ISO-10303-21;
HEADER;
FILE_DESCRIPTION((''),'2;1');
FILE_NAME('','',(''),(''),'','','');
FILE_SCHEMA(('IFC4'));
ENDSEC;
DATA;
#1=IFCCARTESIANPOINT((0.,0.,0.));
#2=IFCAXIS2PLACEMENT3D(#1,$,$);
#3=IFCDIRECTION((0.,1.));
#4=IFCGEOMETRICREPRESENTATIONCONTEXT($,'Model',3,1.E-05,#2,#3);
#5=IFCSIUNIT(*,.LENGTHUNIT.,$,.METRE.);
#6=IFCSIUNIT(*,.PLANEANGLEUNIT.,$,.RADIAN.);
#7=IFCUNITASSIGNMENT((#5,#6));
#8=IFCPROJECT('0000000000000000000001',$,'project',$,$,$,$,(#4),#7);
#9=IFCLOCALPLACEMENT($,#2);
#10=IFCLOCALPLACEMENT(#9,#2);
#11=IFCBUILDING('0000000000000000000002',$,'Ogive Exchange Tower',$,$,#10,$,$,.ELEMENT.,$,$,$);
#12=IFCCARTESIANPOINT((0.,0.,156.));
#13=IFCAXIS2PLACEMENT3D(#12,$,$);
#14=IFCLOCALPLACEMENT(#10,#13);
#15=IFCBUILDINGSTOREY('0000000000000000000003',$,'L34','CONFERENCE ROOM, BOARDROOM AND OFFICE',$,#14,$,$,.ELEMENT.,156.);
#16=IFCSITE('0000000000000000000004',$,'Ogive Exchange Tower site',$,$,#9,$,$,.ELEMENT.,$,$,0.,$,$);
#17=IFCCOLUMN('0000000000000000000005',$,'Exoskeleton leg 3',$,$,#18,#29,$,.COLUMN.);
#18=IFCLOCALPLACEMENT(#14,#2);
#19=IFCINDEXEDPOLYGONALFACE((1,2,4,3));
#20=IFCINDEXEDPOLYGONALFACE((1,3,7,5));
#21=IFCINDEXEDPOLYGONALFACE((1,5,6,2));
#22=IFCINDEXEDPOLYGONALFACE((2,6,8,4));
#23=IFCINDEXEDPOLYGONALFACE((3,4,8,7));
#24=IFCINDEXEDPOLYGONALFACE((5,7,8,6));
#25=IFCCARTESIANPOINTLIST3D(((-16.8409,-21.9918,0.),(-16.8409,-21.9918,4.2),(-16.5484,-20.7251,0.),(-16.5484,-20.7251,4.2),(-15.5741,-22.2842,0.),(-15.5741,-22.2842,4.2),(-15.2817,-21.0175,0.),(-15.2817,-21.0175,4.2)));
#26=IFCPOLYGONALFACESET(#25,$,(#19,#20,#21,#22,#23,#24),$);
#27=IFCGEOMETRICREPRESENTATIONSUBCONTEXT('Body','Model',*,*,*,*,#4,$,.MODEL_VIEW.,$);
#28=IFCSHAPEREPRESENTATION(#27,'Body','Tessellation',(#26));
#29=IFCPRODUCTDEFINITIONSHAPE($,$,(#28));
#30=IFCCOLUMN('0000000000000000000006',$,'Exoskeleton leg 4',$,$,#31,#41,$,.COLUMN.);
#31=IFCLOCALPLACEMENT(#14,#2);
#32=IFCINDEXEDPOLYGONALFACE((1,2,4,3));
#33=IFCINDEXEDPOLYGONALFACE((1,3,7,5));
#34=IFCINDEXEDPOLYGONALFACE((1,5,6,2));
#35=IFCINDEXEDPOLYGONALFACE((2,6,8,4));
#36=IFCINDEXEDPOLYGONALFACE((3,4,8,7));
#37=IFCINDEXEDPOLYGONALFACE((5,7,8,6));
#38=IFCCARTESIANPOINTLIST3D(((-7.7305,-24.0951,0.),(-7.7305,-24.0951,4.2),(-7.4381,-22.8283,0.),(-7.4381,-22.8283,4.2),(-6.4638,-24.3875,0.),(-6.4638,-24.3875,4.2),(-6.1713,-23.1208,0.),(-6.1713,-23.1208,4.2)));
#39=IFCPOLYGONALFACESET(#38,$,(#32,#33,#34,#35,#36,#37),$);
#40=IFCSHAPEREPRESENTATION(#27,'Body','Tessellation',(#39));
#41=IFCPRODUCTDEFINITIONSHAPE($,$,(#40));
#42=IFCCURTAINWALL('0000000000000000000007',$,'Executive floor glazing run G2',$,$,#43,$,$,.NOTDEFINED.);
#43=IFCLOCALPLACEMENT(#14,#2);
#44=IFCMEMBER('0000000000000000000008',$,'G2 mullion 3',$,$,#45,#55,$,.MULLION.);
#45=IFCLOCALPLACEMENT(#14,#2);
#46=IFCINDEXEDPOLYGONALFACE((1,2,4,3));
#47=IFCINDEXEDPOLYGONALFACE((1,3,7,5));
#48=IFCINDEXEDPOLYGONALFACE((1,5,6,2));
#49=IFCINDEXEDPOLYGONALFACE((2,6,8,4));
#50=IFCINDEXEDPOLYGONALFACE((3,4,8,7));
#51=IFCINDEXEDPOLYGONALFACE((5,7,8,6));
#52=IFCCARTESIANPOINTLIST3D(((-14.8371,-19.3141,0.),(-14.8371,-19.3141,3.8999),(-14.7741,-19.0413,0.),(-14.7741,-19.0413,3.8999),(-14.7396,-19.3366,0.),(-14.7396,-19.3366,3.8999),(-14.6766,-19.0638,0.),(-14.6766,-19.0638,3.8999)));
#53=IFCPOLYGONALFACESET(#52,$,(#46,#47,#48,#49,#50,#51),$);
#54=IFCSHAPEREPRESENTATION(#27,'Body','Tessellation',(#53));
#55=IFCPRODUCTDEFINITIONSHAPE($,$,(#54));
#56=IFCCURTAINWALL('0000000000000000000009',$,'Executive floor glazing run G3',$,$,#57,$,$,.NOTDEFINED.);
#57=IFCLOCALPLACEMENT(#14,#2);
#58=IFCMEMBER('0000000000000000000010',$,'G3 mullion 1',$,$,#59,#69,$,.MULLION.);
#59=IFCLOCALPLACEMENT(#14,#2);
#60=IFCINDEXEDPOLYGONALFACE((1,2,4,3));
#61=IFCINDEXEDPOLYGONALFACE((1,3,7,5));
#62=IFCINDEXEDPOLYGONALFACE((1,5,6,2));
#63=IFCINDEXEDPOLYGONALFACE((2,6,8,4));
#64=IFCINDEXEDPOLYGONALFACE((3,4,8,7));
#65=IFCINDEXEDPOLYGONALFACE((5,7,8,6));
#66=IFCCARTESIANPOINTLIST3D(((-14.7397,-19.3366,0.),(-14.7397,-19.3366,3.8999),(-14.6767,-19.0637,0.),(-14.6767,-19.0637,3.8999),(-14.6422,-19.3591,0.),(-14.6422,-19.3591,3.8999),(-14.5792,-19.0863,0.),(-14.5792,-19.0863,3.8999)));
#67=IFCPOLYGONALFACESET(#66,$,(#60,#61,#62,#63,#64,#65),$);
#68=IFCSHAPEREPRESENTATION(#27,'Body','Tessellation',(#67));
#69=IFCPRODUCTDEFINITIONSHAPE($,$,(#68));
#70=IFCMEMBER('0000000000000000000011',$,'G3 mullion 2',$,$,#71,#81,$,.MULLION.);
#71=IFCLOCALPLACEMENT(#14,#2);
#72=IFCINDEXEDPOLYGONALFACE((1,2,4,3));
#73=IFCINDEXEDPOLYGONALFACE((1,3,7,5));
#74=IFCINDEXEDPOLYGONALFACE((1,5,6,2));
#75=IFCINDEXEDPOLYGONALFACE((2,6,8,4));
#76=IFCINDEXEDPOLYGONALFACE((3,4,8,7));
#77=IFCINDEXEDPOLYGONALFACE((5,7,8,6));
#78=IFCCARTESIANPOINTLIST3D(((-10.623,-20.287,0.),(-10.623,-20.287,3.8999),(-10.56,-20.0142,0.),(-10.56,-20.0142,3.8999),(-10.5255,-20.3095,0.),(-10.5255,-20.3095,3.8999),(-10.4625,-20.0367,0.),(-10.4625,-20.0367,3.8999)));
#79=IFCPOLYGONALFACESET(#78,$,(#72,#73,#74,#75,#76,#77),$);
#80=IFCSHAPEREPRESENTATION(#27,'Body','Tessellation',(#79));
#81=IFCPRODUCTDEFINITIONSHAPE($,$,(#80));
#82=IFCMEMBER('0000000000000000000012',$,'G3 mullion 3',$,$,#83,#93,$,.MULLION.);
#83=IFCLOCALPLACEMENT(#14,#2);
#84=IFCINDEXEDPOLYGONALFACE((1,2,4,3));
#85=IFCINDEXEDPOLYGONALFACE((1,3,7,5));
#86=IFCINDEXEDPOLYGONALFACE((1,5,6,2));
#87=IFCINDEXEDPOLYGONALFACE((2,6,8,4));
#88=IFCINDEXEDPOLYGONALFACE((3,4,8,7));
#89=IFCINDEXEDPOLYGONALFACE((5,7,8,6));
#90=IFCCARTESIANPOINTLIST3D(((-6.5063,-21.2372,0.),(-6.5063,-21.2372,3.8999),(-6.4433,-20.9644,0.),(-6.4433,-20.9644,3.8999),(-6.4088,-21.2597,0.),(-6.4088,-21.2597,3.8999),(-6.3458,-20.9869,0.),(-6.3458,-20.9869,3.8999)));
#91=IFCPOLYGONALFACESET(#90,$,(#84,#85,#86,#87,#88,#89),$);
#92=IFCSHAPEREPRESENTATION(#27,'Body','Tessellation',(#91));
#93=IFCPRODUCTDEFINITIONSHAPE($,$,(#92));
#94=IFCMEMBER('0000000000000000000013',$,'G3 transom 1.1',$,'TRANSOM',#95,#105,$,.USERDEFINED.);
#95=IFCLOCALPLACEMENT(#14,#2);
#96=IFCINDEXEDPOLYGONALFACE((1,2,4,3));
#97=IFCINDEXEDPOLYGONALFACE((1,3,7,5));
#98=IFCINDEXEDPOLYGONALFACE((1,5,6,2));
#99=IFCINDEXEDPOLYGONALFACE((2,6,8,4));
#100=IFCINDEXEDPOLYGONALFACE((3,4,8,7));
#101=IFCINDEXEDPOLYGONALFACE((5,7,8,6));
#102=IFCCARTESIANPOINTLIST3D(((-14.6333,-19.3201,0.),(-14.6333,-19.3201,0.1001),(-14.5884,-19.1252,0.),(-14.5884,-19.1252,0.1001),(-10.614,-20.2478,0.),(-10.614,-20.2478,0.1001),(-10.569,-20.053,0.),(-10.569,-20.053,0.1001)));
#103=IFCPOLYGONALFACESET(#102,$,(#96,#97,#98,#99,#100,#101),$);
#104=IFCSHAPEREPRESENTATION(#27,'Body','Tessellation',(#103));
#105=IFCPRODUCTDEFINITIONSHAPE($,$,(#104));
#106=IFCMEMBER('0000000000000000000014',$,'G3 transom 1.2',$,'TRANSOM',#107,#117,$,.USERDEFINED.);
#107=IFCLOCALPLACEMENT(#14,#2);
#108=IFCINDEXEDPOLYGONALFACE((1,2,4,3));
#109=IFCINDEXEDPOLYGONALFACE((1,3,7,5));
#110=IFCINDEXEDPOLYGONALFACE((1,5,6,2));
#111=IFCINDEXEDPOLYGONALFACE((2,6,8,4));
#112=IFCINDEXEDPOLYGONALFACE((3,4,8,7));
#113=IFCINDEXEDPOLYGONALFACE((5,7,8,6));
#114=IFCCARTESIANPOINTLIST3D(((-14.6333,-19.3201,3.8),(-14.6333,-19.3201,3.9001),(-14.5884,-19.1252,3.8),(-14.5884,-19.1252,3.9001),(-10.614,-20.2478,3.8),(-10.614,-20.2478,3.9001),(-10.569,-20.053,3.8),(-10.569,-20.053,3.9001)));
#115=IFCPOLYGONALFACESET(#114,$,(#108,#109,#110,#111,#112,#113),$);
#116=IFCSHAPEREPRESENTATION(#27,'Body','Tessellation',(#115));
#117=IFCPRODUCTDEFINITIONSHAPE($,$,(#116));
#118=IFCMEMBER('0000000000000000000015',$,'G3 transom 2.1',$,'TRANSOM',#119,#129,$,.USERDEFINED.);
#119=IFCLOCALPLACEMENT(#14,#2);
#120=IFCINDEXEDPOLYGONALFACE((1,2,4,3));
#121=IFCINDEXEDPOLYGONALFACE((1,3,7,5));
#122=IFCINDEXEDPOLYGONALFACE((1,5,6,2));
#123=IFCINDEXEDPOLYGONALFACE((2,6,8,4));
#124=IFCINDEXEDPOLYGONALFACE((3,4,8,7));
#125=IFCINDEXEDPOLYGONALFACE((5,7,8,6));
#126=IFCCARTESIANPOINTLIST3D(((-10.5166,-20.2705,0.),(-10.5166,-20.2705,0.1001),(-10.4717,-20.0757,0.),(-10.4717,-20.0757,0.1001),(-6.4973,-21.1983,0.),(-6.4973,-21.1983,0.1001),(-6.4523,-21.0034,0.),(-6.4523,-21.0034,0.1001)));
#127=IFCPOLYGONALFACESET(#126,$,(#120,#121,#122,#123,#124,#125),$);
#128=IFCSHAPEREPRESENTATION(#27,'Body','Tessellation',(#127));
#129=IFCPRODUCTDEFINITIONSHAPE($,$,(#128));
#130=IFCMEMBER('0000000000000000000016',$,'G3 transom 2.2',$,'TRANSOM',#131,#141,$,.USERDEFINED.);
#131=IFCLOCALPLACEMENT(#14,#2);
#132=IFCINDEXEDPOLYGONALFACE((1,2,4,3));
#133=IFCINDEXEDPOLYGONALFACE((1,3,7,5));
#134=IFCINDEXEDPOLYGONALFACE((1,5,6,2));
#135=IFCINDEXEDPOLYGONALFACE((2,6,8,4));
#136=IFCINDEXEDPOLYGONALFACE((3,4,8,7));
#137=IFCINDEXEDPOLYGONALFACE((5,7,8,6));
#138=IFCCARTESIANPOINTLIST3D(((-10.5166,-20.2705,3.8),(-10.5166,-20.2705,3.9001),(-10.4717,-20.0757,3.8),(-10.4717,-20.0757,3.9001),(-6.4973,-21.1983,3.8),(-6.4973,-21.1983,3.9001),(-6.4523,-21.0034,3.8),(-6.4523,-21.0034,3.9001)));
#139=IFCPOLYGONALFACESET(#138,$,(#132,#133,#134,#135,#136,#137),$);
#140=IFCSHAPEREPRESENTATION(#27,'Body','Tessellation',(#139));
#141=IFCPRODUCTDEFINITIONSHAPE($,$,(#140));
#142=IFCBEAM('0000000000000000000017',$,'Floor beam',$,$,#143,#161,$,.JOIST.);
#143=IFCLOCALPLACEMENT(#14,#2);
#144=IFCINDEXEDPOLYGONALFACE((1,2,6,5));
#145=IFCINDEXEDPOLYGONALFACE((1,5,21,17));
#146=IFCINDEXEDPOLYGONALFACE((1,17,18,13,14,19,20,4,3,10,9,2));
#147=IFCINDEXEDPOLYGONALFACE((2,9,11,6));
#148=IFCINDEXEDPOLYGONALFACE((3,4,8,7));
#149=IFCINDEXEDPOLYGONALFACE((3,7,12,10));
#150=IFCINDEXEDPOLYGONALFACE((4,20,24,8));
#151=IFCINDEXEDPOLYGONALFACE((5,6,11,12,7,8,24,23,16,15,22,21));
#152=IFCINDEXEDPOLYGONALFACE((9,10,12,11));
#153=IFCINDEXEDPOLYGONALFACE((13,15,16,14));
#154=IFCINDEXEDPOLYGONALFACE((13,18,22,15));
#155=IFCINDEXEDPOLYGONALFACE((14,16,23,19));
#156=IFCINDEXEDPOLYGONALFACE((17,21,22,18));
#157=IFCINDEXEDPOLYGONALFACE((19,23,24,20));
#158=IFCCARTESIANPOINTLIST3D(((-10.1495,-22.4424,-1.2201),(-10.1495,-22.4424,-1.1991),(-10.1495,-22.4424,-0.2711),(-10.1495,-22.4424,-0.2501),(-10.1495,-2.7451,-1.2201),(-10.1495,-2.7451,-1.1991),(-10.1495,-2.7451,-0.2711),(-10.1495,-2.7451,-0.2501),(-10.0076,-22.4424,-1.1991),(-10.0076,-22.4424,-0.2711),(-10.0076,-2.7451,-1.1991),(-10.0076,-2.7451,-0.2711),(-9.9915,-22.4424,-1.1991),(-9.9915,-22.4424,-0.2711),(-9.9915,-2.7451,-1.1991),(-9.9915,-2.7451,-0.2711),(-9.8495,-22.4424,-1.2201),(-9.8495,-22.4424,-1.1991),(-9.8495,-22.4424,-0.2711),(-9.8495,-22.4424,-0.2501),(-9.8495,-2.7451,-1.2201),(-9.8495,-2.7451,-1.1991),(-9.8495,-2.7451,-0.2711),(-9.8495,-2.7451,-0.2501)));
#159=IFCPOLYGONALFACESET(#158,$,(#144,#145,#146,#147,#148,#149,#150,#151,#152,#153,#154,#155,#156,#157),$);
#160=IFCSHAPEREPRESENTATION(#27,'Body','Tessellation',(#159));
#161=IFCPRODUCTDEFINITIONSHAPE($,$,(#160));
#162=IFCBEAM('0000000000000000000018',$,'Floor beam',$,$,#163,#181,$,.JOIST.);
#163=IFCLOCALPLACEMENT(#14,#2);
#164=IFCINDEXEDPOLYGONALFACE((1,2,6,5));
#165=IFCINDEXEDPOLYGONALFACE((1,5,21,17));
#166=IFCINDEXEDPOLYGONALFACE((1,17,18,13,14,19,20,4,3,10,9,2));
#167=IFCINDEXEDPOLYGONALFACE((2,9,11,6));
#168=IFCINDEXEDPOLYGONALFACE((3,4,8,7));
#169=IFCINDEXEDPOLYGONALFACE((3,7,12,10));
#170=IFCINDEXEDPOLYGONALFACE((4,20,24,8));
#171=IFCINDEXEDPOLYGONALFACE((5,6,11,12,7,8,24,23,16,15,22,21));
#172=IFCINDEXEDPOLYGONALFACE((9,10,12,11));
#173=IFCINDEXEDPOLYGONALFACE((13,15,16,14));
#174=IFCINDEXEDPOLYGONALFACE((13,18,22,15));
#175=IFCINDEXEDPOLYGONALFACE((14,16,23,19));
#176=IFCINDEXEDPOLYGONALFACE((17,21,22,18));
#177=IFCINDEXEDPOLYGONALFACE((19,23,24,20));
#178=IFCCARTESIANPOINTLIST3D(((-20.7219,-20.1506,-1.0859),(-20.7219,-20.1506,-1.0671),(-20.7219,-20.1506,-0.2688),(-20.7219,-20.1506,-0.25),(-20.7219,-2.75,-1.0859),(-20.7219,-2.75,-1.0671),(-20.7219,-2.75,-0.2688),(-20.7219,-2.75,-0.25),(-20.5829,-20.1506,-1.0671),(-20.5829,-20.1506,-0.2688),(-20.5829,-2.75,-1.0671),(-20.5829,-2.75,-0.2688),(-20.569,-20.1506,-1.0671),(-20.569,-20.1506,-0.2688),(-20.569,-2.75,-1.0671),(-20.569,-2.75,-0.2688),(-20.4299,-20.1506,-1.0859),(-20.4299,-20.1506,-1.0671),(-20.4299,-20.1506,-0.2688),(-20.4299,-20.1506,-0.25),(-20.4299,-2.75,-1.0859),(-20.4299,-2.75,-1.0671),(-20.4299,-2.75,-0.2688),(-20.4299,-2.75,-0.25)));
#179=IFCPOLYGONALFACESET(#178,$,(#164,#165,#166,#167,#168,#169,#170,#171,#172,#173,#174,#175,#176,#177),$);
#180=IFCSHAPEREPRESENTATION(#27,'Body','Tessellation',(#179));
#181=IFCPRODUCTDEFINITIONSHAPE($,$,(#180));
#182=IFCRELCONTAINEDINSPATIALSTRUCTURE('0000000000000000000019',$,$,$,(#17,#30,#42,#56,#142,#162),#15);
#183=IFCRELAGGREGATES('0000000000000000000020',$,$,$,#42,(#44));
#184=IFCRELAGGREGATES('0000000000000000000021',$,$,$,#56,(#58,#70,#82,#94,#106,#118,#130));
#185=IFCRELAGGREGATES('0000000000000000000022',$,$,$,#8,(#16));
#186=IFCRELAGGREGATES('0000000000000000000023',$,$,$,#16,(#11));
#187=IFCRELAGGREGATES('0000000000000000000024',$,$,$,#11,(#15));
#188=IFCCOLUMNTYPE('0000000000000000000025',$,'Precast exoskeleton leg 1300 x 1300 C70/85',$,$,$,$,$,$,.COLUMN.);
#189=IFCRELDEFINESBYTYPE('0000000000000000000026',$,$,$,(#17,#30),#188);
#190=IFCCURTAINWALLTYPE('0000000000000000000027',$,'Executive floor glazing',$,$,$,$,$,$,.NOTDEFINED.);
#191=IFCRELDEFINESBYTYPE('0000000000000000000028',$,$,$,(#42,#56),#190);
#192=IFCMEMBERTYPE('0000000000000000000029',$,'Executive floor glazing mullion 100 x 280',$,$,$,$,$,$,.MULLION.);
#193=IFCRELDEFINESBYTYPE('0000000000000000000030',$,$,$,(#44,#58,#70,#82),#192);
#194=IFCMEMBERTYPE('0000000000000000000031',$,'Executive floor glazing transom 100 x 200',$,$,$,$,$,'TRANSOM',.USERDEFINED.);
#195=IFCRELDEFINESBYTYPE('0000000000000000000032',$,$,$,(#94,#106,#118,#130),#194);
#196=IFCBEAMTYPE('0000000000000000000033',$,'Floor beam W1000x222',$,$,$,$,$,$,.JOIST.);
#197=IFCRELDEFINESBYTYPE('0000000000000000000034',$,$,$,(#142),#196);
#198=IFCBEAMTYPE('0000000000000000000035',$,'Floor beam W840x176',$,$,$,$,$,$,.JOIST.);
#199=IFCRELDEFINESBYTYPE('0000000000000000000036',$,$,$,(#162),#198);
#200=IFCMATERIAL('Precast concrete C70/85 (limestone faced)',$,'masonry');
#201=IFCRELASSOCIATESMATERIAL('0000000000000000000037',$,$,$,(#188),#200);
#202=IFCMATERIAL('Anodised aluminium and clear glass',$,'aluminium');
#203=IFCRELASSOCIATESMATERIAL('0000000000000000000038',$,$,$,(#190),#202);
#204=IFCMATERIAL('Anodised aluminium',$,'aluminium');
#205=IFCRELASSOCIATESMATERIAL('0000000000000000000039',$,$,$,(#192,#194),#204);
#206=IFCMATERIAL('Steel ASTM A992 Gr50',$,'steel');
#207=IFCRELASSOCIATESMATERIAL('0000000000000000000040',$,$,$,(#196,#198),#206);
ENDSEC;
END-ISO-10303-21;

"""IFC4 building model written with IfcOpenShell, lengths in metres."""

from ifc_helpers import new_model, si_unit, direction, frame, origin, origin_2d, place, context, subcontext, project, spatial, rectangle, i_section, extrude, material, material_profile, profile_set, type_object, element, aggregate, save


model = new_model("IFC4")

# Units and contexts
model_context = context("Model", 3, precision=1e-05, world=origin(), true_north=direction((0.0, 1.0)))
body_context = subcontext(model_context, "Body", "Model", "MODEL_VIEW")
ifc_project = project(units=[si_unit("LENGTHUNIT", "METRE"), si_unit("PLANEANGLEUNIT", "RADIAN")], contexts=[model_context])

# Site, building, storey
site_placement = place(None, origin())
site = spatial("IfcSite", under=ifc_project, at=site_placement, Name="Ogive Exchange Tower site", CompositionType="ELEMENT", RefElevation=0.0)
building_placement = place(site_placement, origin())
building = spatial("IfcBuilding", under=site, at=building_placement, Name="Ogive Exchange Tower", CompositionType="ELEMENT")
storey_placement = place(building_placement, frame((0.0, 0.0, 156.0)))
storey = spatial("IfcBuildingStorey", under=building, at=storey_placement, Name="L34", Description="CONFERENCE ROOM, BOARDROOM AND OFFICE", CompositionType="ELEMENT", Elevation=156.0)

# Columns
ifc_material_1 = material(Name="Precast concrete C70/85 (limestone faced)", Category="masonry")
ifc_material_profile_1 = material_profile(ifc_material_1, rectangle(XDim=1.3, YDim=1.3, at=origin_2d()), Name="1300 x 1300")
ifc_profile_set_1 = profile_set([ifc_material_profile_1], Name="Precast concrete C70/85 (limestone faced)")
column_type = type_object("IfcColumnType", Name="Precast exoskeleton leg 1300 x 1300 C70/85", PredefinedType="COLUMN", material=ifc_profile_set_1)
for number, where, z_axis, x_axis, name in (
    (1, (-16.0613, -21.5046, 0.0), (0.0, 0.0, 1.0), (0.97437, -0.224951, 0.0), "Exoskeleton leg 3"),
    (2, (-6.9509, -23.6079, 0.0), (0.0, 0.0, 1.0), (0.97437, -0.224951, 0.0), "Exoskeleton leg 4"),
):
    element("IfcColumn", number, at=place(storey_placement, frame(where, z_axis=z_axis, x_axis=x_axis)), inside=storey, type_object=column_type, Name=name, PredefinedType="COLUMN", context=body_context, shape_type="SweptSolid", body=[
        extrude(rectangle(XDim=1.3, YDim=1.3, at=origin_2d()), origin(), (0.0, 0.0, 1.0), 4.2),
    ])

# Curtain wall, member
ifc_material_2 = material(Name="Anodised aluminium and clear glass", Category="aluminium")
curtain_wall_type = type_object("IfcCurtainWallType", Name="Executive floor glazing", PredefinedType="NOTDEFINED", material=ifc_material_2)
curtain_wall_1_placement = place(storey_placement, origin())
curtain_wall_1 = element("IfcCurtainWall", 3, at=curtain_wall_1_placement, inside=storey, type_object=curtain_wall_type, Name="Executive floor glazing run G2", PredefinedType="NOTDEFINED")
ifc_material_3 = material(Name="Anodised aluminium", Category="aluminium")
ifc_material_profile_2 = material_profile(ifc_material_3, rectangle(XDim=0.28, YDim=0.1001, at=origin_2d()), Name="AL 100x280")
ifc_profile_set_2 = profile_set([ifc_material_profile_2], Name="Anodised aluminium")
member_type_1 = type_object("IfcMemberType", Name="Executive floor glazing mullion 100 x 280", PredefinedType="MULLION", material=ifc_profile_set_2)
member_1_placement = place(storey_placement, frame((-14.7568, -19.189, 0.0), z_axis=(0.0, 0.0, 1.0), x_axis=(0.224958, 0.974369, 0.0)))
member_1 = element("IfcMember", 4, at=member_1_placement, type_object=member_type_1, Name="G2 mullion 3", PredefinedType="MULLION", context=body_context, shape_type="SweptSolid", body=[
    extrude(rectangle(XDim=0.28, YDim=0.1001, at=origin_2d()), origin(), (0.0, 0.0, 1.0), 3.8999),
])

# Curtain wall, members
curtain_wall_2_placement = place(storey_placement, origin())
curtain_wall_2 = element("IfcCurtainWall", 5, at=curtain_wall_2_placement, inside=storey, type_object=curtain_wall_type, Name="Executive floor glazing run G3", PredefinedType="NOTDEFINED")
member_2_placement = place(storey_placement, frame((-14.6594, -19.2114, 0.0), z_axis=(0.0, 0.0, 1.0), x_axis=(0.224949, 0.97437, 0.0)))
member_2 = element("IfcMember", 6, at=member_2_placement, type_object=member_type_1, Name="G3 mullion 1", PredefinedType="MULLION", context=body_context, shape_type="SweptSolid", body=[
    extrude(rectangle(XDim=0.28, YDim=0.1001, at=origin_2d()), origin(), (0.0, 0.0, 1.0), 3.8999),
])
member_3_placement = place(storey_placement, frame((-10.5427, -20.1619, 0.0), z_axis=(0.0, 0.0, 1.0), x_axis=(0.224949, 0.97437, 0.0)))
member_3 = element("IfcMember", 7, at=member_3_placement, type_object=member_type_1, Name="G3 mullion 2", PredefinedType="MULLION", context=body_context, shape_type="SweptSolid", body=[
    extrude(rectangle(XDim=0.28, YDim=0.1001, at=origin_2d()), origin(), (0.0, 0.0, 1.0), 3.8999),
])
member_4_placement = place(storey_placement, frame((-6.426, -21.1121, 0.0), z_axis=(0.0, 0.0, 1.0), x_axis=(0.224949, 0.97437, 0.0)))
member_4 = element("IfcMember", 8, at=member_4_placement, type_object=member_type_1, Name="G3 mullion 3", PredefinedType="MULLION", context=body_context, shape_type="SweptSolid", body=[
    extrude(rectangle(XDim=0.28, YDim=0.1001, at=origin_2d()), origin(), (0.0, 0.0, 1.0), 3.8999),
])
ifc_material_profile_3 = material_profile(ifc_material_3, rectangle(XDim=0.2, YDim=0.1001, at=origin_2d()), Name="AL 100x200")
ifc_profile_set_3 = profile_set([ifc_material_profile_3], Name="Anodised aluminium")
member_type_2 = type_object("IfcMemberType", Name="Executive floor glazing transom 100 x 200", ElementType="TRANSOM", PredefinedType="USERDEFINED", material=ifc_profile_set_3)
member_5_placement = place(storey_placement, frame((-14.6108, -19.2227, 0.05), z_axis=(0.97438, -0.224907, 0.0), x_axis=(0.224907, 0.97438, 0.0)))
member_5 = element("IfcMember", 9, at=member_5_placement, type_object=member_type_2, Name="G3 transom 1.1", ObjectType="TRANSOM", PredefinedType="USERDEFINED", context=body_context, shape_type="SweptSolid", body=[
    extrude(rectangle(XDim=0.2, YDim=0.1001, at=origin_2d()), origin(), (0.0, 0.0, 1.0), 4.125),
])
member_6_placement = place(storey_placement, frame((-14.6108, -19.2227, 3.8501), z_axis=(0.97438, -0.224907, 0.0), x_axis=(0.224907, 0.97438, 0.0)))
member_6 = element("IfcMember", 10, at=member_6_placement, type_object=member_type_2, Name="G3 transom 1.2", ObjectType="TRANSOM", PredefinedType="USERDEFINED", context=body_context, shape_type="SweptSolid", body=[
    extrude(rectangle(XDim=0.2, YDim=0.1001, at=origin_2d()), origin(), (0.0, 0.0, 1.0), 4.125),
])
member_7_placement = place(storey_placement, frame((-10.4941, -20.1731, 0.05), z_axis=(0.97438, -0.224907, 0.0), x_axis=(0.224907, 0.97438, 0.0)))
member_7 = element("IfcMember", 11, at=member_7_placement, type_object=member_type_2, Name="G3 transom 2.1", ObjectType="TRANSOM", PredefinedType="USERDEFINED", context=body_context, shape_type="SweptSolid", body=[
    extrude(rectangle(XDim=0.2, YDim=0.1001, at=origin_2d()), origin(), (0.0, 0.0, 1.0), 4.125),
])
member_8_placement = place(storey_placement, frame((-10.4941, -20.1731, 3.8501), z_axis=(0.97438, -0.224907, 0.0), x_axis=(0.224907, 0.97438, 0.0)))
member_8 = element("IfcMember", 12, at=member_8_placement, type_object=member_type_2, Name="G3 transom 2.2", ObjectType="TRANSOM", PredefinedType="USERDEFINED", context=body_context, shape_type="SweptSolid", body=[
    extrude(rectangle(XDim=0.2, YDim=0.1001, at=origin_2d()), origin(), (0.0, 0.0, 1.0), 4.125),
])

# Beams
ifc_material_4 = material(Name="Steel ASTM A992 Gr50", Category="steel")
ifc_material_profile_4 = material_profile(ifc_material_4, i_section(OverallWidth=0.3, OverallDepth=0.97, WebThickness=0.0161, FlangeThickness=0.021, at=origin_2d()), Name="W1000x222")
ifc_profile_set_4 = profile_set([ifc_material_profile_4], Name="Steel ASTM A992 Gr50")
beam_type_1 = type_object("IfcBeamType", Name="Floor beam W1000x222", PredefinedType="JOIST", material=ifc_profile_set_4)
beam_1_placement = place(storey_placement, frame((-9.9995, -22.4424, -0.7351), z_axis=(0.0, 1.0, 0.0), x_axis=(-1.0, 0.0, 0.0)))
element("IfcBeam", 13, at=beam_1_placement, inside=storey, type_object=beam_type_1, Name="Floor beam", PredefinedType="JOIST", context=body_context, shape_type="SweptSolid", body=[
    extrude(i_section(OverallWidth=0.3, OverallDepth=0.97, WebThickness=0.0161, FlangeThickness=0.021, at=origin_2d()), origin(), (0.0, 0.0, 1.0), 19.6973),
])
ifc_material_profile_5 = material_profile(ifc_material_4, i_section(OverallWidth=0.292, OverallDepth=0.8359, WebThickness=0.0139, FlangeThickness=0.0188, at=origin_2d()), Name="W840x176")
ifc_profile_set_5 = profile_set([ifc_material_profile_5], Name="Steel ASTM A992 Gr50")
beam_type_2 = type_object("IfcBeamType", Name="Floor beam W840x176", PredefinedType="JOIST", material=ifc_profile_set_5)
beam_2_placement = place(storey_placement, frame((-20.5759, -20.1506, -0.668), z_axis=(0.0, 1.0, 0.0), x_axis=(-1.0, 0.0, 0.0)))
element("IfcBeam", 14, at=beam_2_placement, inside=storey, type_object=beam_type_2, Name="Floor beam", PredefinedType="JOIST", context=body_context, shape_type="SweptSolid", body=[
    extrude(i_section(OverallWidth=0.292, OverallDepth=0.8359, WebThickness=0.0139, FlangeThickness=0.0188, at=origin_2d()), origin(), (0.0, 0.0, 1.0), 17.4006),
])

aggregate(curtain_wall_1, [member_1])
aggregate(curtain_wall_2, [member_2, member_3, member_4, member_5, member_6, member_7, member_8])

save(model, "model.ifc")
